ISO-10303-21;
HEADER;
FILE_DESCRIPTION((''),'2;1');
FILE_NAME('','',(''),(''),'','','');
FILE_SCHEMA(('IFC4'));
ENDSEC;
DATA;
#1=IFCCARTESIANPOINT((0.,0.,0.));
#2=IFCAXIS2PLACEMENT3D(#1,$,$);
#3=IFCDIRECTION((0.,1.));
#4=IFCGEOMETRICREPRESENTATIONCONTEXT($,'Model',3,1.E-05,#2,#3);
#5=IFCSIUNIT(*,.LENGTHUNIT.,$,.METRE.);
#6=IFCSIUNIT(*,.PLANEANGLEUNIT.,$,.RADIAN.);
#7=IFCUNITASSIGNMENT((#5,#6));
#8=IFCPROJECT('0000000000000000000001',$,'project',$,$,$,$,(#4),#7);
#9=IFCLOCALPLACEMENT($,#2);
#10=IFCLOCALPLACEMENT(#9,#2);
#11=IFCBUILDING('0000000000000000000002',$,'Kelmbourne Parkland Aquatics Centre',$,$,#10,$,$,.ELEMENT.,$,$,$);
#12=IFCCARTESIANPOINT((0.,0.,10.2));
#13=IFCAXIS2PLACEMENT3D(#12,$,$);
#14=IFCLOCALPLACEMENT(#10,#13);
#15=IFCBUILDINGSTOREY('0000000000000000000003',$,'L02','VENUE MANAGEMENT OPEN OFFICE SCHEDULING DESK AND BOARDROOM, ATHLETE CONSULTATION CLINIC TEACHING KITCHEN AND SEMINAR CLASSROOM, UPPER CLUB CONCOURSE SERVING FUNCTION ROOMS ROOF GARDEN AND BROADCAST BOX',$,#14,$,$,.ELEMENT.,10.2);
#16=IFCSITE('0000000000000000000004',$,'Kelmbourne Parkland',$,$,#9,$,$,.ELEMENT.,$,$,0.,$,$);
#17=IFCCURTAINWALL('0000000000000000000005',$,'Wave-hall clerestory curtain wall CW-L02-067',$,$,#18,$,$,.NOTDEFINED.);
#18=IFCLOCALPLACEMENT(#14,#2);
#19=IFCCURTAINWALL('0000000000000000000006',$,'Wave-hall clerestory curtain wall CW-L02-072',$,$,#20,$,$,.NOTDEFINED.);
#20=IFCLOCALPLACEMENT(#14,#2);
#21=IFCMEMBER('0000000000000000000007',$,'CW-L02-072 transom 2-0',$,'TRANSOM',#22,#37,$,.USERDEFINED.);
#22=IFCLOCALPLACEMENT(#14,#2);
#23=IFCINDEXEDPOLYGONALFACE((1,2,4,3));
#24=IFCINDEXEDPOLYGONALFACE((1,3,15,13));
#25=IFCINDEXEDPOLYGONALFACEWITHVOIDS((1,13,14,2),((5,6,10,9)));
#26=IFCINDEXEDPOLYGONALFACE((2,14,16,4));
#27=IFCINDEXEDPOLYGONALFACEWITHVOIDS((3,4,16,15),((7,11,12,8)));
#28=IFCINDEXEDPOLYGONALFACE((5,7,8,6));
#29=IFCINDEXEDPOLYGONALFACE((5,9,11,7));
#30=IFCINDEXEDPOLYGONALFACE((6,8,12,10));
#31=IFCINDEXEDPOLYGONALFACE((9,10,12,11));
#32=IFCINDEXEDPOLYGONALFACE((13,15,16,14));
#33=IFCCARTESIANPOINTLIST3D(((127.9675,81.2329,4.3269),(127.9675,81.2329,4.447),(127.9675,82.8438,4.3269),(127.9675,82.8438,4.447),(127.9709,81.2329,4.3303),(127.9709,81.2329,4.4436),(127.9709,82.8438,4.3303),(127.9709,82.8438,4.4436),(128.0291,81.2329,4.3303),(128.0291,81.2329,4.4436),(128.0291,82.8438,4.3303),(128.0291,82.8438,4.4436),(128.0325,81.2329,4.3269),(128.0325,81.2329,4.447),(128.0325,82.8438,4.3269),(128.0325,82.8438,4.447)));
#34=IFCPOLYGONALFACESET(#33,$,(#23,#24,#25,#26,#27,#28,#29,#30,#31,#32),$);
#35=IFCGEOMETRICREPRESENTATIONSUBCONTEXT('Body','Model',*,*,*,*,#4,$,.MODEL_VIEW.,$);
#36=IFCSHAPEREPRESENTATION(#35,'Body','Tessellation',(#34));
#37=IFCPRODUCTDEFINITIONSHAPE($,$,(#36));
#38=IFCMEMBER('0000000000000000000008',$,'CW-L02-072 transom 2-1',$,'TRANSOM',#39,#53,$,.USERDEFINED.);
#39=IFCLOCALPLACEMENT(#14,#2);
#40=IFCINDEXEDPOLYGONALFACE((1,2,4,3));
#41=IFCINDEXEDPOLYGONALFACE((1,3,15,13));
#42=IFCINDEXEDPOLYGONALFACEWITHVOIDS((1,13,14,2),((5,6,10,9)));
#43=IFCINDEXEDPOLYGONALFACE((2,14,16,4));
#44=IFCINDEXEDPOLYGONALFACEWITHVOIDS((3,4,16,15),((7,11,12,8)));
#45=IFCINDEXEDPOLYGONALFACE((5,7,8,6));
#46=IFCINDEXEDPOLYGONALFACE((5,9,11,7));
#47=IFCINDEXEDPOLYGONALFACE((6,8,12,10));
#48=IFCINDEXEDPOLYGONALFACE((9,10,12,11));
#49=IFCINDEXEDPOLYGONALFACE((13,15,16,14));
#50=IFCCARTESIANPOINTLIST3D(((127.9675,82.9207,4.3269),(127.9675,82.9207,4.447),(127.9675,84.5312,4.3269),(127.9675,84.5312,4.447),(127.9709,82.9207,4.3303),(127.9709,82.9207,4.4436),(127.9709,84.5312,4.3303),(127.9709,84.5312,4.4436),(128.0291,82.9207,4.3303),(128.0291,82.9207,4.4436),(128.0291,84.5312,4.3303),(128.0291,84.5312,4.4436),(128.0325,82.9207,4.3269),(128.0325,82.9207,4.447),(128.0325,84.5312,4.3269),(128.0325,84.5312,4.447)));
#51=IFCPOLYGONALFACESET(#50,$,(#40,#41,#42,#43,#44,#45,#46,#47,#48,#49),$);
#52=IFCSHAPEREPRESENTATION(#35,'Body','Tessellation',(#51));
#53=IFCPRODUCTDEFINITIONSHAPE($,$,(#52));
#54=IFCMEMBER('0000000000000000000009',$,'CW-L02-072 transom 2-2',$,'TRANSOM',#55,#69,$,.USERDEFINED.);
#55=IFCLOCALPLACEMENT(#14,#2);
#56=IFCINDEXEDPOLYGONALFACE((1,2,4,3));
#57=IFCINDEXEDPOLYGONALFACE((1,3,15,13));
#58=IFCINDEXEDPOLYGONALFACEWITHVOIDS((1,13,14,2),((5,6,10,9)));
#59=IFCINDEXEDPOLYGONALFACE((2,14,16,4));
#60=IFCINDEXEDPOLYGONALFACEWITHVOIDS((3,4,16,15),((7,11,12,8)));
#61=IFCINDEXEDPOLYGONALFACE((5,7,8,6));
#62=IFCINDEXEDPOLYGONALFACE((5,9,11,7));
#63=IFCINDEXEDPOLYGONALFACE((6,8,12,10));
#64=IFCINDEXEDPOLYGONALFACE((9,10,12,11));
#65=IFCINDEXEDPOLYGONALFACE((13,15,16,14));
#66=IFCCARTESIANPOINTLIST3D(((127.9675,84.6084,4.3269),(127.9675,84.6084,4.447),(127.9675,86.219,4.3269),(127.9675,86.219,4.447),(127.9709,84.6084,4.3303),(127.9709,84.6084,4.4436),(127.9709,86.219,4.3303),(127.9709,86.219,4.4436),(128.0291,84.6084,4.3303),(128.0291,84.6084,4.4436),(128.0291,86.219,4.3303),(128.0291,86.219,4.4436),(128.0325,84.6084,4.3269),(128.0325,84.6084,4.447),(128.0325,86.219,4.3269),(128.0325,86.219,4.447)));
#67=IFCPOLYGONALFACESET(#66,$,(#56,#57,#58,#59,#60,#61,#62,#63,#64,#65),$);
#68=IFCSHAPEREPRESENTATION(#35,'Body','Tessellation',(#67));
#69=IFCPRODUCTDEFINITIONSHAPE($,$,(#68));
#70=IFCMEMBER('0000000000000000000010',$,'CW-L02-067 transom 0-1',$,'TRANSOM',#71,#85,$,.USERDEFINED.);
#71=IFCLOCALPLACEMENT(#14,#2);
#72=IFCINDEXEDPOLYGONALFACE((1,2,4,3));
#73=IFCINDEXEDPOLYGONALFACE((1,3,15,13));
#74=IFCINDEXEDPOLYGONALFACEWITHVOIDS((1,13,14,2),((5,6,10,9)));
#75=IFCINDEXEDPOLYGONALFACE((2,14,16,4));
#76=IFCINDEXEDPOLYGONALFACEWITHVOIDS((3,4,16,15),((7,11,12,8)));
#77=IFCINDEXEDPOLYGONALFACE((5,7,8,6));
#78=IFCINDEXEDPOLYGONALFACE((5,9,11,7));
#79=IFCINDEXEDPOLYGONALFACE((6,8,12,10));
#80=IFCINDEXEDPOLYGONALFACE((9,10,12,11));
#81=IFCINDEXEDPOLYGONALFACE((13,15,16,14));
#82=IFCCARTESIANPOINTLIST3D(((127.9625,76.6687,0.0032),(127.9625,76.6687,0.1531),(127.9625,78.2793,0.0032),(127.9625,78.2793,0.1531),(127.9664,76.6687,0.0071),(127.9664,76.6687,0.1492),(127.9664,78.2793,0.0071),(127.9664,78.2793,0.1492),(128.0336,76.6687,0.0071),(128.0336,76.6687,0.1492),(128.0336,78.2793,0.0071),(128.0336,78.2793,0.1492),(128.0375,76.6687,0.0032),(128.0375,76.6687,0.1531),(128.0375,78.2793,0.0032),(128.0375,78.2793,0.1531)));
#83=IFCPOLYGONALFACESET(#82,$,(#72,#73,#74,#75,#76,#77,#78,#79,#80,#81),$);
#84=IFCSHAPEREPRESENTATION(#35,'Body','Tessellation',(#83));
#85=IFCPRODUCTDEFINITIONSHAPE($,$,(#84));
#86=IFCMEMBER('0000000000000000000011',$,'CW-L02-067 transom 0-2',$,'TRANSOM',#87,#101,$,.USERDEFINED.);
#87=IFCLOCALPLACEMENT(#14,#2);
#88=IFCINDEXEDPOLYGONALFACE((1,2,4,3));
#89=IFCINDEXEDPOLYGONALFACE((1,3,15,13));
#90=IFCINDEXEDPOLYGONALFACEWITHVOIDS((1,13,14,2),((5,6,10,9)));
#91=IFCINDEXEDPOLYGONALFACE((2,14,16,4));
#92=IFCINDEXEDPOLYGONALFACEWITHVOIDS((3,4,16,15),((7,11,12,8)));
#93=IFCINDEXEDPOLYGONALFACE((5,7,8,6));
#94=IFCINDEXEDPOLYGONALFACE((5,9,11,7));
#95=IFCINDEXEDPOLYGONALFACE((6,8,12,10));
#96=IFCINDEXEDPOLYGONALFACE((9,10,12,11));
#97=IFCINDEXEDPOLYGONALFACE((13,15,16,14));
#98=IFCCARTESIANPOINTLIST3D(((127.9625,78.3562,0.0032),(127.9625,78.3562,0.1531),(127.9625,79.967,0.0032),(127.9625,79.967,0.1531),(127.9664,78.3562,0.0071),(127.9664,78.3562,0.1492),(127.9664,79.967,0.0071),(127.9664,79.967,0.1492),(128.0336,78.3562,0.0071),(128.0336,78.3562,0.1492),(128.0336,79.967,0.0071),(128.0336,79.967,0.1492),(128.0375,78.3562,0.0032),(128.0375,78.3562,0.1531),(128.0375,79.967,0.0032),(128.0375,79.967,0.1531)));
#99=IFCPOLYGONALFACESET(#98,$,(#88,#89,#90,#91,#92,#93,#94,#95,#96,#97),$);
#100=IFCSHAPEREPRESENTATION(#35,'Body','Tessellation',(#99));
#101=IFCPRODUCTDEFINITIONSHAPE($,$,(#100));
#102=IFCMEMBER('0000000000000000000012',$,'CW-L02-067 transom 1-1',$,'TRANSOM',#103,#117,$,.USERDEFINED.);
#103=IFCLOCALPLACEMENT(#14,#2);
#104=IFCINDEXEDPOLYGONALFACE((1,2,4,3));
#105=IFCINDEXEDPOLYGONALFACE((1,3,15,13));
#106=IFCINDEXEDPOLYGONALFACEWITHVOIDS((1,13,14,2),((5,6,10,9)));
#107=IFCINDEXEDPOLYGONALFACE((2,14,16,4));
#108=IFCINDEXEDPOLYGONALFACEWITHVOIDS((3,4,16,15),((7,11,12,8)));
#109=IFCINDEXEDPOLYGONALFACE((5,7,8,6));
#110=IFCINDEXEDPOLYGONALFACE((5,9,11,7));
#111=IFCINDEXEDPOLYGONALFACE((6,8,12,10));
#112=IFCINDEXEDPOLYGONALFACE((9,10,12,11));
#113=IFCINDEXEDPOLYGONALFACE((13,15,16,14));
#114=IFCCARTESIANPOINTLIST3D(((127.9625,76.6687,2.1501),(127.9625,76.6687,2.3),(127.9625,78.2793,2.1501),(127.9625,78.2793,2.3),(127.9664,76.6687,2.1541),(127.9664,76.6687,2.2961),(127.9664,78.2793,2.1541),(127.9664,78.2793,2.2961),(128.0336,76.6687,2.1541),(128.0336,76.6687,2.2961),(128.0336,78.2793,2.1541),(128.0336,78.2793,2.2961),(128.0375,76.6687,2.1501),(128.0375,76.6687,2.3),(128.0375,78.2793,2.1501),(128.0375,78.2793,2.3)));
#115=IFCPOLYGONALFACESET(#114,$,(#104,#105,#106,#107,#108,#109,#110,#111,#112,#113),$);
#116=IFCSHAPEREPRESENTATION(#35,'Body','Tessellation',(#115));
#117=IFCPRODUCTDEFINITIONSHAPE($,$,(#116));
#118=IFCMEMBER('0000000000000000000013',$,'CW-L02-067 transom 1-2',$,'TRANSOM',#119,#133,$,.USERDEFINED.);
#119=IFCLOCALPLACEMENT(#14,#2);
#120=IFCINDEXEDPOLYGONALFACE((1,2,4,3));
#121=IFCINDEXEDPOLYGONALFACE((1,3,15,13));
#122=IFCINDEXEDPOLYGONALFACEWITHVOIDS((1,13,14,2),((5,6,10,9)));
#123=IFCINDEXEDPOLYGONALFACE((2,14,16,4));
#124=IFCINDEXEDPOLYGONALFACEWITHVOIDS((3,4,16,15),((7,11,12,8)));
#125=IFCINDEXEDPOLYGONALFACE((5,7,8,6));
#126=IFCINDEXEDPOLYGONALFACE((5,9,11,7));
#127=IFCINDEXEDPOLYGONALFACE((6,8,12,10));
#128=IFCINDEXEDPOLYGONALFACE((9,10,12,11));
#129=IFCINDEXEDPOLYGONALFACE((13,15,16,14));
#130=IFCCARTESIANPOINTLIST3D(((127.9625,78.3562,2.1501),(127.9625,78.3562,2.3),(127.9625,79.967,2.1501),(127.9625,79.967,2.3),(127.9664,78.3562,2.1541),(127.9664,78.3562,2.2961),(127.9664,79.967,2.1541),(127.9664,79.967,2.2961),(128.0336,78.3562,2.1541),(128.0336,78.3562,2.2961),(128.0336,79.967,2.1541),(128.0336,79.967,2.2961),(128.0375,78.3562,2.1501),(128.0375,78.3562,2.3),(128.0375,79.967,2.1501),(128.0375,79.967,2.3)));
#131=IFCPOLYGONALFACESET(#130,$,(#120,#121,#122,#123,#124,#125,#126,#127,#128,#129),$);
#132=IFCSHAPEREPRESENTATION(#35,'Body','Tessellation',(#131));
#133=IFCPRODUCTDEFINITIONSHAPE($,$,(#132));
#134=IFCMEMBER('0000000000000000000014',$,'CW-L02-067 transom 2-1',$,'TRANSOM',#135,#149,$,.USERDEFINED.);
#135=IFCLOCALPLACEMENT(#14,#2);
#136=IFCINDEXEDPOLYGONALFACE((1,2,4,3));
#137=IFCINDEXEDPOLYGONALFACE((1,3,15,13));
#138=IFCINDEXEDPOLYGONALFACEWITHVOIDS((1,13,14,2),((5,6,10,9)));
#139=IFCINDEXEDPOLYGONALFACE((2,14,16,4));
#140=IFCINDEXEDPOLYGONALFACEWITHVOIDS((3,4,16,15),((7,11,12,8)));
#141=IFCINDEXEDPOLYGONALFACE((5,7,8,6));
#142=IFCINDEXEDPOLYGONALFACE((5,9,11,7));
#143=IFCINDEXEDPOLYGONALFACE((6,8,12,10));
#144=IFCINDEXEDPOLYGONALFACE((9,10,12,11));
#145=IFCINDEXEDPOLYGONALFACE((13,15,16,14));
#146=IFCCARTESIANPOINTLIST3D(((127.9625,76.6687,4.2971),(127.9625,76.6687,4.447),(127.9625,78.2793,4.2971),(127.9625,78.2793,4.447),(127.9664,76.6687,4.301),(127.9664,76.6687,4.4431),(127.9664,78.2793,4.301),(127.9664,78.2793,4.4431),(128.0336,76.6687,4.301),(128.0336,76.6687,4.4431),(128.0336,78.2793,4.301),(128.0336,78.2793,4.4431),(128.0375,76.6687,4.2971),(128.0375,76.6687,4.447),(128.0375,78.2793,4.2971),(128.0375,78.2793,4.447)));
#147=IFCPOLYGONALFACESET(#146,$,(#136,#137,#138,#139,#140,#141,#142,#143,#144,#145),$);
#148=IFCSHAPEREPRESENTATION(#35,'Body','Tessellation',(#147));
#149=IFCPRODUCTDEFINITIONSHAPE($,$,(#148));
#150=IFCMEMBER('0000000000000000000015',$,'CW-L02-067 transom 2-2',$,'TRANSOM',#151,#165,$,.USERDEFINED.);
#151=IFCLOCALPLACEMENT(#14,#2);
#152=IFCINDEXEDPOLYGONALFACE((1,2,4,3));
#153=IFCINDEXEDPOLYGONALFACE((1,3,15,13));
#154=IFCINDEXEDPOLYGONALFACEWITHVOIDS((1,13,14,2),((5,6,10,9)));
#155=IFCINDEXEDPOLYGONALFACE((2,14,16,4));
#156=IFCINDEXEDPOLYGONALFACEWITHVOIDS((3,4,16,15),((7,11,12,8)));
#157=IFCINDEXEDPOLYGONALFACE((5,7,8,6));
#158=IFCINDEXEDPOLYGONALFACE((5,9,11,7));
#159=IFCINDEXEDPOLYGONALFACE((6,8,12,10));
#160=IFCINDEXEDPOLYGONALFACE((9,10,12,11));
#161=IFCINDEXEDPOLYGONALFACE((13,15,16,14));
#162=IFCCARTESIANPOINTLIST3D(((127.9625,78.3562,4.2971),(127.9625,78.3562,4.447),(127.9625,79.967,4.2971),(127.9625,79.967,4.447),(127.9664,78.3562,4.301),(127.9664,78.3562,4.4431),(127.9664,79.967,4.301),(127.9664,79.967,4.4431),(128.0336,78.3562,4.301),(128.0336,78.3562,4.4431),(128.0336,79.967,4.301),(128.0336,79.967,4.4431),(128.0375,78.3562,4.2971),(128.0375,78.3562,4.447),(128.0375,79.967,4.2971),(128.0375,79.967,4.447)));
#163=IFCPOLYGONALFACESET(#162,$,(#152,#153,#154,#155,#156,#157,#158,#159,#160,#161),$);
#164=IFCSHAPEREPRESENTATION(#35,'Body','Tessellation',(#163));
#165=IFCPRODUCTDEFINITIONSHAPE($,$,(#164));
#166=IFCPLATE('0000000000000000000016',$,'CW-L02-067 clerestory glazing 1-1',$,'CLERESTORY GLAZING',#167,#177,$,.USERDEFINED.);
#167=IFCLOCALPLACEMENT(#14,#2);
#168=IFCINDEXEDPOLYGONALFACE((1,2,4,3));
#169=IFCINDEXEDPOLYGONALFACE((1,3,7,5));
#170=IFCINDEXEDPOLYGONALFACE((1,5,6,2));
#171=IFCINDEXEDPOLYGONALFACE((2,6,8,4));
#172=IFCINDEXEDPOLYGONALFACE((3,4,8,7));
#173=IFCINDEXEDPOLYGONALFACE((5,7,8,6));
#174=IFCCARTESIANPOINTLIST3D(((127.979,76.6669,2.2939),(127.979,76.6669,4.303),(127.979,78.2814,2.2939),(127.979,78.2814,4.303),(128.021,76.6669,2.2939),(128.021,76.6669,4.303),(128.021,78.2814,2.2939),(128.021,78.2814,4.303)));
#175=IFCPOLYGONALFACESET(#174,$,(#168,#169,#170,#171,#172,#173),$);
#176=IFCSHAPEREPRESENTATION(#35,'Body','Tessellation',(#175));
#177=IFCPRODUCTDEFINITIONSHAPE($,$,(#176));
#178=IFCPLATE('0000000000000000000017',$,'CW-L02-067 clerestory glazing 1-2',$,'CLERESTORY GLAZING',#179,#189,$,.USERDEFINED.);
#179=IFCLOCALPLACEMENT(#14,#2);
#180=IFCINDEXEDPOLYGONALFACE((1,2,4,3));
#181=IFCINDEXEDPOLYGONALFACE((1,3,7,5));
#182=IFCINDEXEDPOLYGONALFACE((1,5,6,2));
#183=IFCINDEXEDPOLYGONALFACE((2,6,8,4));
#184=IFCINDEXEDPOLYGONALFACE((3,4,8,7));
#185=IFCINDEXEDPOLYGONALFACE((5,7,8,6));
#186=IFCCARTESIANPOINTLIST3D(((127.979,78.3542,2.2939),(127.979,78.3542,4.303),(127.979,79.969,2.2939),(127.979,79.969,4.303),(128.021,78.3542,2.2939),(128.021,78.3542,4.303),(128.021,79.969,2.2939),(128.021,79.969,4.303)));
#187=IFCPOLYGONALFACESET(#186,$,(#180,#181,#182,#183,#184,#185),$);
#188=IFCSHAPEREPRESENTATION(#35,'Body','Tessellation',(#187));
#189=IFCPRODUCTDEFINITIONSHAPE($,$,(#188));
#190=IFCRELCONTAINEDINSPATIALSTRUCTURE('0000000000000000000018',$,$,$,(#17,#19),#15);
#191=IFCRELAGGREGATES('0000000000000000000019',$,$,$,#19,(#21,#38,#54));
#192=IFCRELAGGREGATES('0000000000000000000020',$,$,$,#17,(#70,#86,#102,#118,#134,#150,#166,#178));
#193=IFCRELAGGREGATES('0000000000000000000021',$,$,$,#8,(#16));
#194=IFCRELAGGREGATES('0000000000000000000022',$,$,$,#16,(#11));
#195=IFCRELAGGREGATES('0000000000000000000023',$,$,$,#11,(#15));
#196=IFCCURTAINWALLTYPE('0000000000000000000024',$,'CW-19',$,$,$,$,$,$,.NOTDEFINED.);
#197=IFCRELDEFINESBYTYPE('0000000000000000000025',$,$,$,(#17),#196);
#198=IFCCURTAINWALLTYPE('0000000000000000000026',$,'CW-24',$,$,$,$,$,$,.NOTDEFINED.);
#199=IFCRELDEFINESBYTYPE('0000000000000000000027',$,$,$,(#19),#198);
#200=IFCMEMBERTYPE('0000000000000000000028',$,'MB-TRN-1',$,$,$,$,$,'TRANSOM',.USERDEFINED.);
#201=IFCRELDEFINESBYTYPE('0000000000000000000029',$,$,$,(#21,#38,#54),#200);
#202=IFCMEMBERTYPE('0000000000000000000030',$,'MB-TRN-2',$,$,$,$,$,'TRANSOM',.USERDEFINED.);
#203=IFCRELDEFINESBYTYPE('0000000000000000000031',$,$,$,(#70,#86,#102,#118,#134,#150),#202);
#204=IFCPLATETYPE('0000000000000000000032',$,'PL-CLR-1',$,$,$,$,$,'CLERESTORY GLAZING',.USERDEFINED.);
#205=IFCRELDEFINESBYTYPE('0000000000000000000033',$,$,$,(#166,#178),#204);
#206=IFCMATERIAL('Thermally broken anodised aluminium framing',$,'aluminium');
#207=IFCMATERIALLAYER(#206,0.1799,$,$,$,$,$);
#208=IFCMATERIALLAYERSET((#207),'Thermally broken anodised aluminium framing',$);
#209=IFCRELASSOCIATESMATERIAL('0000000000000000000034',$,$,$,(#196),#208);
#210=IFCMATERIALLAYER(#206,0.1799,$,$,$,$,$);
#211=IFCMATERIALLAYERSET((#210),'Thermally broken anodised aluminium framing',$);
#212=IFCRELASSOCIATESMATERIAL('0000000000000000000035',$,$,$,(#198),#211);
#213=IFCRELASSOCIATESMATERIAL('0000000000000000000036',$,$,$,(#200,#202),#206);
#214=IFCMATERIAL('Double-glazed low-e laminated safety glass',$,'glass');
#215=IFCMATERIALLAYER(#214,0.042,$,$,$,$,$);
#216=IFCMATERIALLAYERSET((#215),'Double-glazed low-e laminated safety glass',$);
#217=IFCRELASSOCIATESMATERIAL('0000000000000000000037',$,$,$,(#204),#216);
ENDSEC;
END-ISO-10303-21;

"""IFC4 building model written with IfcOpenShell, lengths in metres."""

from ifc_helpers import new_model, si_unit, direction, frame, origin, origin_2d, place, context, subcontext, project, spatial, rectangle, hollow_rectangle, extrude, material, layer, layer_set, material_profile, profile_set, type_object, element, aggregate, save


model = new_model("IFC4")

# Units and contexts
model_context = context("Model", 3, precision=1e-05, world=origin(), true_north=direction((0.0, 1.0)))
body_context = subcontext(model_context, "Body", "Model", "MODEL_VIEW")
ifc_project = project(units=[si_unit("LENGTHUNIT", "METRE"), si_unit("PLANEANGLEUNIT", "RADIAN")], contexts=[model_context])

# Site, building, storey
site_placement = place(None, origin())
site = spatial("IfcSite", under=ifc_project, at=site_placement, Name="Kelmbourne Parkland", CompositionType="ELEMENT", RefElevation=0.0)
building_placement = place(site_placement, origin())
building = spatial("IfcBuilding", under=site, at=building_placement, Name="Kelmbourne Parkland Aquatics Centre", CompositionType="ELEMENT")
storey_placement = place(building_placement, frame((0.0, 0.0, 10.2)))
storey = spatial("IfcBuildingStorey", under=building, at=storey_placement, Name="L02", Description="VENUE MANAGEMENT OPEN OFFICE SCHEDULING DESK AND BOARDROOM, ATHLETE CONSULTATION CLINIC TEACHING KITCHEN AND SEMINAR CLASSROOM, UPPER CLUB CONCOURSE SERVING FUNCTION ROOMS ROOF GARDEN AND BROADCAST BOX", CompositionType="ELEMENT", Elevation=10.2)

# Curtain walls, members
ifc_material_1 = material(Name="Thermally broken anodised aluminium framing", Category="aluminium")
ifc_layer_1 = layer(ifc_material_1, 0.1799)
ifc_layer_set_1 = layer_set([ifc_layer_1], Name="Thermally broken anodised aluminium framing")
curtain_wall_type_1 = type_object("IfcCurtainWallType", Name="CW-19", PredefinedType="NOTDEFINED", material=ifc_layer_set_1)
curtain_wall_1_placement = place(storey_placement, origin())
curtain_wall_1 = element("IfcCurtainWall", 1, at=curtain_wall_1_placement, inside=storey, type_object=curtain_wall_type_1, Name="Wave-hall clerestory curtain wall CW-L02-067", PredefinedType="NOTDEFINED")
ifc_layer_2 = layer(ifc_material_1, 0.1799)
ifc_layer_set_2 = layer_set([ifc_layer_2], Name="Thermally broken anodised aluminium framing")
curtain_wall_type_2 = type_object("IfcCurtainWallType", Name="CW-24", PredefinedType="NOTDEFINED", material=ifc_layer_set_2)
curtain_wall_2_placement = place(storey_placement, origin())
curtain_wall_2 = element("IfcCurtainWall", 2, at=curtain_wall_2_placement, inside=storey, type_object=curtain_wall_type_2, Name="Wave-hall clerestory curtain wall CW-L02-072", PredefinedType="NOTDEFINED")
ifc_material_profile_1 = material_profile(ifc_material_1, hollow_rectangle(XDim=0.0649, YDim=0.1201, WallThickness=0.0034, at=origin_2d()), Name="CW-T 65x120")
ifc_profile_set_1 = profile_set([ifc_material_profile_1], Name="Thermally broken anodised aluminium framing")
member_type_1 = type_object("IfcMemberType", Name="MB-TRN-1", ElementType="TRANSOM", PredefinedType="USERDEFINED", material=ifc_profile_set_1)
member_1_placement = place(storey_placement, frame((128.0, 81.2329, 4.387), z_axis=(0.0, 1.0, 0.0), x_axis=(-1.0, 0.0, 0.0)))
member_1 = element("IfcMember", 3, at=member_1_placement, type_object=member_type_1, Name="CW-L02-072 transom 2-0", ObjectType="TRANSOM", PredefinedType="USERDEFINED", context=body_context, shape_type="SweptSolid", body=[
    extrude(hollow_rectangle(XDim=0.0649, YDim=0.1201, WallThickness=0.0034, at=origin_2d()), origin(), (0.0, 0.0, 1.0), 1.6108),
])
member_2_placement = place(storey_placement, frame((128.0, 82.9207, 4.387), z_axis=(0.0, 1.0, 0.0), x_axis=(-1.0, 0.0, 0.0)))
member_2 = element("IfcMember", 4, at=member_2_placement, type_object=member_type_1, Name="CW-L02-072 transom 2-1", ObjectType="TRANSOM", PredefinedType="USERDEFINED", context=body_context, shape_type="SweptSolid", body=[
    extrude(hollow_rectangle(XDim=0.0649, YDim=0.1201, WallThickness=0.0034, at=origin_2d()), origin(), (0.0, 0.0, 1.0), 1.6106),
])
member_3_placement = place(storey_placement, frame((128.0, 84.6084, 4.387), z_axis=(0.0, 1.0, 0.0), x_axis=(-1.0, 0.0, 0.0)))
member_3 = element("IfcMember", 5, at=member_3_placement, type_object=member_type_1, Name="CW-L02-072 transom 2-2", ObjectType="TRANSOM", PredefinedType="USERDEFINED", context=body_context, shape_type="SweptSolid", body=[
    extrude(hollow_rectangle(XDim=0.0649, YDim=0.1201, WallThickness=0.0034, at=origin_2d()), origin(), (0.0, 0.0, 1.0), 1.6106),
])

# Members
ifc_material_profile_2 = material_profile(ifc_material_1, hollow_rectangle(XDim=0.075, YDim=0.1499, WallThickness=0.0039, at=origin_2d()), Name="CW-T 75x150")
ifc_profile_set_2 = profile_set([ifc_material_profile_2], Name="Thermally broken anodised aluminium framing")
member_type_2 = type_object("IfcMemberType", Name="MB-TRN-2", ElementType="TRANSOM", PredefinedType="USERDEFINED", material=ifc_profile_set_2)
member_4_placement = place(storey_placement, frame((128.0, 76.6687, 0.0781), z_axis=(0.0, 1.0, 0.0), x_axis=(-1.0, 0.0, 0.0)))
member_4 = element("IfcMember", 6, at=member_4_placement, type_object=member_type_2, Name="CW-L02-067 transom 0-1", ObjectType="TRANSOM", PredefinedType="USERDEFINED", context=body_context, shape_type="SweptSolid", body=[
    extrude(hollow_rectangle(XDim=0.075, YDim=0.1499, WallThickness=0.0039, at=origin_2d()), origin(), (0.0, 0.0, 1.0), 1.6106),
])
member_5_placement = place(storey_placement, frame((128.0, 78.3562, 0.0781), z_axis=(0.0, 1.0, 0.0), x_axis=(-1.0, 0.0, 0.0)))
member_5 = element("IfcMember", 7, at=member_5_placement, type_object=member_type_2, Name="CW-L02-067 transom 0-2", ObjectType="TRANSOM", PredefinedType="USERDEFINED", context=body_context, shape_type="SweptSolid", body=[
    extrude(hollow_rectangle(XDim=0.075, YDim=0.1499, WallThickness=0.0039, at=origin_2d()), origin(), (0.0, 0.0, 1.0), 1.6108),
])
member_6_placement = place(storey_placement, frame((128.0, 76.6687, 2.2251), z_axis=(0.0, 1.0, 0.0), x_axis=(-1.0, 0.0, 0.0)))
member_6 = element("IfcMember", 8, at=member_6_placement, type_object=member_type_2, Name="CW-L02-067 transom 1-1", ObjectType="TRANSOM", PredefinedType="USERDEFINED", context=body_context, shape_type="SweptSolid", body=[
    extrude(hollow_rectangle(XDim=0.075, YDim=0.1499, WallThickness=0.0039, at=origin_2d()), origin(), (0.0, 0.0, 1.0), 1.6106),
])
member_7_placement = place(storey_placement, frame((128.0, 78.3562, 2.2251), z_axis=(0.0, 1.0, 0.0), x_axis=(-1.0, 0.0, 0.0)))
member_7 = element("IfcMember", 9, at=member_7_placement, type_object=member_type_2, Name="CW-L02-067 transom 1-2", ObjectType="TRANSOM", PredefinedType="USERDEFINED", context=body_context, shape_type="SweptSolid", body=[
    extrude(hollow_rectangle(XDim=0.075, YDim=0.1499, WallThickness=0.0039, at=origin_2d()), origin(), (0.0, 0.0, 1.0), 1.6108),
])
member_8_placement = place(storey_placement, frame((128.0, 76.6687, 4.3721), z_axis=(0.0, 1.0, 0.0), x_axis=(-1.0, 0.0, 0.0)))
member_8 = element("IfcMember", 10, at=member_8_placement, type_object=member_type_2, Name="CW-L02-067 transom 2-1", ObjectType="TRANSOM", PredefinedType="USERDEFINED", context=body_context, shape_type="SweptSolid", body=[
    extrude(hollow_rectangle(XDim=0.075, YDim=0.1499, WallThickness=0.0039, at=origin_2d()), origin(), (0.0, 0.0, 1.0), 1.6106),
])
member_9_placement = place(storey_placement, frame((128.0, 78.3562, 4.3721), z_axis=(0.0, 1.0, 0.0), x_axis=(-1.0, 0.0, 0.0)))
member_9 = element("IfcMember", 11, at=member_9_placement, type_object=member_type_2, Name="CW-L02-067 transom 2-2", ObjectType="TRANSOM", PredefinedType="USERDEFINED", context=body_context, shape_type="SweptSolid", body=[
    extrude(hollow_rectangle(XDim=0.075, YDim=0.1499, WallThickness=0.0039, at=origin_2d()), origin(), (0.0, 0.0, 1.0), 1.6108),
])

# Plates
ifc_material_2 = material(Name="Double-glazed low-e laminated safety glass", Category="glass")
ifc_layer_3 = layer(ifc_material_2, 0.042)
ifc_layer_set_3 = layer_set([ifc_layer_3], Name="Double-glazed low-e laminated safety glass")
plate_type_1 = type_object("IfcPlateType", Name="PL-CLR-1", ElementType="CLERESTORY GLAZING", PredefinedType="USERDEFINED", material=ifc_layer_set_3)
plate_1_placement = place(storey_placement, frame((128.0, 77.4741, 2.2939), z_axis=(0.0, 0.0, 1.0), x_axis=(0.0, 1.0, 0.0)))
plate_1 = element("IfcPlate", 12, at=plate_1_placement, type_object=plate_type_1, Name="CW-L02-067 clerestory glazing 1-1", ObjectType="CLERESTORY GLAZING", PredefinedType="USERDEFINED", context=body_context, shape_type="SweptSolid", body=[
    extrude(rectangle(XDim=1.6145, YDim=0.042, at=origin_2d()), origin(), (0.0, 0.0, 1.0), 2.009),
])
plate_2_placement = place(storey_placement, frame((128.0, 79.1616, 2.2939), z_axis=(0.0, 0.0, 1.0), x_axis=(0.0, 1.0, 0.0)))
plate_2 = element("IfcPlate", 13, at=plate_2_placement, type_object=plate_type_1, Name="CW-L02-067 clerestory glazing 1-2", ObjectType="CLERESTORY GLAZING", PredefinedType="USERDEFINED", context=body_context, shape_type="SweptSolid", body=[
    extrude(rectangle(XDim=1.6147, YDim=0.042, at=origin_2d()), origin(), (0.0, 0.0, 1.0), 2.009),
])
aggregate(curtain_wall_2, [member_1, member_2, member_3])
aggregate(curtain_wall_1, [member_4, member_5, member_6, member_7, member_8, member_9, plate_1, plate_2])

save(model, "model.ifc")
